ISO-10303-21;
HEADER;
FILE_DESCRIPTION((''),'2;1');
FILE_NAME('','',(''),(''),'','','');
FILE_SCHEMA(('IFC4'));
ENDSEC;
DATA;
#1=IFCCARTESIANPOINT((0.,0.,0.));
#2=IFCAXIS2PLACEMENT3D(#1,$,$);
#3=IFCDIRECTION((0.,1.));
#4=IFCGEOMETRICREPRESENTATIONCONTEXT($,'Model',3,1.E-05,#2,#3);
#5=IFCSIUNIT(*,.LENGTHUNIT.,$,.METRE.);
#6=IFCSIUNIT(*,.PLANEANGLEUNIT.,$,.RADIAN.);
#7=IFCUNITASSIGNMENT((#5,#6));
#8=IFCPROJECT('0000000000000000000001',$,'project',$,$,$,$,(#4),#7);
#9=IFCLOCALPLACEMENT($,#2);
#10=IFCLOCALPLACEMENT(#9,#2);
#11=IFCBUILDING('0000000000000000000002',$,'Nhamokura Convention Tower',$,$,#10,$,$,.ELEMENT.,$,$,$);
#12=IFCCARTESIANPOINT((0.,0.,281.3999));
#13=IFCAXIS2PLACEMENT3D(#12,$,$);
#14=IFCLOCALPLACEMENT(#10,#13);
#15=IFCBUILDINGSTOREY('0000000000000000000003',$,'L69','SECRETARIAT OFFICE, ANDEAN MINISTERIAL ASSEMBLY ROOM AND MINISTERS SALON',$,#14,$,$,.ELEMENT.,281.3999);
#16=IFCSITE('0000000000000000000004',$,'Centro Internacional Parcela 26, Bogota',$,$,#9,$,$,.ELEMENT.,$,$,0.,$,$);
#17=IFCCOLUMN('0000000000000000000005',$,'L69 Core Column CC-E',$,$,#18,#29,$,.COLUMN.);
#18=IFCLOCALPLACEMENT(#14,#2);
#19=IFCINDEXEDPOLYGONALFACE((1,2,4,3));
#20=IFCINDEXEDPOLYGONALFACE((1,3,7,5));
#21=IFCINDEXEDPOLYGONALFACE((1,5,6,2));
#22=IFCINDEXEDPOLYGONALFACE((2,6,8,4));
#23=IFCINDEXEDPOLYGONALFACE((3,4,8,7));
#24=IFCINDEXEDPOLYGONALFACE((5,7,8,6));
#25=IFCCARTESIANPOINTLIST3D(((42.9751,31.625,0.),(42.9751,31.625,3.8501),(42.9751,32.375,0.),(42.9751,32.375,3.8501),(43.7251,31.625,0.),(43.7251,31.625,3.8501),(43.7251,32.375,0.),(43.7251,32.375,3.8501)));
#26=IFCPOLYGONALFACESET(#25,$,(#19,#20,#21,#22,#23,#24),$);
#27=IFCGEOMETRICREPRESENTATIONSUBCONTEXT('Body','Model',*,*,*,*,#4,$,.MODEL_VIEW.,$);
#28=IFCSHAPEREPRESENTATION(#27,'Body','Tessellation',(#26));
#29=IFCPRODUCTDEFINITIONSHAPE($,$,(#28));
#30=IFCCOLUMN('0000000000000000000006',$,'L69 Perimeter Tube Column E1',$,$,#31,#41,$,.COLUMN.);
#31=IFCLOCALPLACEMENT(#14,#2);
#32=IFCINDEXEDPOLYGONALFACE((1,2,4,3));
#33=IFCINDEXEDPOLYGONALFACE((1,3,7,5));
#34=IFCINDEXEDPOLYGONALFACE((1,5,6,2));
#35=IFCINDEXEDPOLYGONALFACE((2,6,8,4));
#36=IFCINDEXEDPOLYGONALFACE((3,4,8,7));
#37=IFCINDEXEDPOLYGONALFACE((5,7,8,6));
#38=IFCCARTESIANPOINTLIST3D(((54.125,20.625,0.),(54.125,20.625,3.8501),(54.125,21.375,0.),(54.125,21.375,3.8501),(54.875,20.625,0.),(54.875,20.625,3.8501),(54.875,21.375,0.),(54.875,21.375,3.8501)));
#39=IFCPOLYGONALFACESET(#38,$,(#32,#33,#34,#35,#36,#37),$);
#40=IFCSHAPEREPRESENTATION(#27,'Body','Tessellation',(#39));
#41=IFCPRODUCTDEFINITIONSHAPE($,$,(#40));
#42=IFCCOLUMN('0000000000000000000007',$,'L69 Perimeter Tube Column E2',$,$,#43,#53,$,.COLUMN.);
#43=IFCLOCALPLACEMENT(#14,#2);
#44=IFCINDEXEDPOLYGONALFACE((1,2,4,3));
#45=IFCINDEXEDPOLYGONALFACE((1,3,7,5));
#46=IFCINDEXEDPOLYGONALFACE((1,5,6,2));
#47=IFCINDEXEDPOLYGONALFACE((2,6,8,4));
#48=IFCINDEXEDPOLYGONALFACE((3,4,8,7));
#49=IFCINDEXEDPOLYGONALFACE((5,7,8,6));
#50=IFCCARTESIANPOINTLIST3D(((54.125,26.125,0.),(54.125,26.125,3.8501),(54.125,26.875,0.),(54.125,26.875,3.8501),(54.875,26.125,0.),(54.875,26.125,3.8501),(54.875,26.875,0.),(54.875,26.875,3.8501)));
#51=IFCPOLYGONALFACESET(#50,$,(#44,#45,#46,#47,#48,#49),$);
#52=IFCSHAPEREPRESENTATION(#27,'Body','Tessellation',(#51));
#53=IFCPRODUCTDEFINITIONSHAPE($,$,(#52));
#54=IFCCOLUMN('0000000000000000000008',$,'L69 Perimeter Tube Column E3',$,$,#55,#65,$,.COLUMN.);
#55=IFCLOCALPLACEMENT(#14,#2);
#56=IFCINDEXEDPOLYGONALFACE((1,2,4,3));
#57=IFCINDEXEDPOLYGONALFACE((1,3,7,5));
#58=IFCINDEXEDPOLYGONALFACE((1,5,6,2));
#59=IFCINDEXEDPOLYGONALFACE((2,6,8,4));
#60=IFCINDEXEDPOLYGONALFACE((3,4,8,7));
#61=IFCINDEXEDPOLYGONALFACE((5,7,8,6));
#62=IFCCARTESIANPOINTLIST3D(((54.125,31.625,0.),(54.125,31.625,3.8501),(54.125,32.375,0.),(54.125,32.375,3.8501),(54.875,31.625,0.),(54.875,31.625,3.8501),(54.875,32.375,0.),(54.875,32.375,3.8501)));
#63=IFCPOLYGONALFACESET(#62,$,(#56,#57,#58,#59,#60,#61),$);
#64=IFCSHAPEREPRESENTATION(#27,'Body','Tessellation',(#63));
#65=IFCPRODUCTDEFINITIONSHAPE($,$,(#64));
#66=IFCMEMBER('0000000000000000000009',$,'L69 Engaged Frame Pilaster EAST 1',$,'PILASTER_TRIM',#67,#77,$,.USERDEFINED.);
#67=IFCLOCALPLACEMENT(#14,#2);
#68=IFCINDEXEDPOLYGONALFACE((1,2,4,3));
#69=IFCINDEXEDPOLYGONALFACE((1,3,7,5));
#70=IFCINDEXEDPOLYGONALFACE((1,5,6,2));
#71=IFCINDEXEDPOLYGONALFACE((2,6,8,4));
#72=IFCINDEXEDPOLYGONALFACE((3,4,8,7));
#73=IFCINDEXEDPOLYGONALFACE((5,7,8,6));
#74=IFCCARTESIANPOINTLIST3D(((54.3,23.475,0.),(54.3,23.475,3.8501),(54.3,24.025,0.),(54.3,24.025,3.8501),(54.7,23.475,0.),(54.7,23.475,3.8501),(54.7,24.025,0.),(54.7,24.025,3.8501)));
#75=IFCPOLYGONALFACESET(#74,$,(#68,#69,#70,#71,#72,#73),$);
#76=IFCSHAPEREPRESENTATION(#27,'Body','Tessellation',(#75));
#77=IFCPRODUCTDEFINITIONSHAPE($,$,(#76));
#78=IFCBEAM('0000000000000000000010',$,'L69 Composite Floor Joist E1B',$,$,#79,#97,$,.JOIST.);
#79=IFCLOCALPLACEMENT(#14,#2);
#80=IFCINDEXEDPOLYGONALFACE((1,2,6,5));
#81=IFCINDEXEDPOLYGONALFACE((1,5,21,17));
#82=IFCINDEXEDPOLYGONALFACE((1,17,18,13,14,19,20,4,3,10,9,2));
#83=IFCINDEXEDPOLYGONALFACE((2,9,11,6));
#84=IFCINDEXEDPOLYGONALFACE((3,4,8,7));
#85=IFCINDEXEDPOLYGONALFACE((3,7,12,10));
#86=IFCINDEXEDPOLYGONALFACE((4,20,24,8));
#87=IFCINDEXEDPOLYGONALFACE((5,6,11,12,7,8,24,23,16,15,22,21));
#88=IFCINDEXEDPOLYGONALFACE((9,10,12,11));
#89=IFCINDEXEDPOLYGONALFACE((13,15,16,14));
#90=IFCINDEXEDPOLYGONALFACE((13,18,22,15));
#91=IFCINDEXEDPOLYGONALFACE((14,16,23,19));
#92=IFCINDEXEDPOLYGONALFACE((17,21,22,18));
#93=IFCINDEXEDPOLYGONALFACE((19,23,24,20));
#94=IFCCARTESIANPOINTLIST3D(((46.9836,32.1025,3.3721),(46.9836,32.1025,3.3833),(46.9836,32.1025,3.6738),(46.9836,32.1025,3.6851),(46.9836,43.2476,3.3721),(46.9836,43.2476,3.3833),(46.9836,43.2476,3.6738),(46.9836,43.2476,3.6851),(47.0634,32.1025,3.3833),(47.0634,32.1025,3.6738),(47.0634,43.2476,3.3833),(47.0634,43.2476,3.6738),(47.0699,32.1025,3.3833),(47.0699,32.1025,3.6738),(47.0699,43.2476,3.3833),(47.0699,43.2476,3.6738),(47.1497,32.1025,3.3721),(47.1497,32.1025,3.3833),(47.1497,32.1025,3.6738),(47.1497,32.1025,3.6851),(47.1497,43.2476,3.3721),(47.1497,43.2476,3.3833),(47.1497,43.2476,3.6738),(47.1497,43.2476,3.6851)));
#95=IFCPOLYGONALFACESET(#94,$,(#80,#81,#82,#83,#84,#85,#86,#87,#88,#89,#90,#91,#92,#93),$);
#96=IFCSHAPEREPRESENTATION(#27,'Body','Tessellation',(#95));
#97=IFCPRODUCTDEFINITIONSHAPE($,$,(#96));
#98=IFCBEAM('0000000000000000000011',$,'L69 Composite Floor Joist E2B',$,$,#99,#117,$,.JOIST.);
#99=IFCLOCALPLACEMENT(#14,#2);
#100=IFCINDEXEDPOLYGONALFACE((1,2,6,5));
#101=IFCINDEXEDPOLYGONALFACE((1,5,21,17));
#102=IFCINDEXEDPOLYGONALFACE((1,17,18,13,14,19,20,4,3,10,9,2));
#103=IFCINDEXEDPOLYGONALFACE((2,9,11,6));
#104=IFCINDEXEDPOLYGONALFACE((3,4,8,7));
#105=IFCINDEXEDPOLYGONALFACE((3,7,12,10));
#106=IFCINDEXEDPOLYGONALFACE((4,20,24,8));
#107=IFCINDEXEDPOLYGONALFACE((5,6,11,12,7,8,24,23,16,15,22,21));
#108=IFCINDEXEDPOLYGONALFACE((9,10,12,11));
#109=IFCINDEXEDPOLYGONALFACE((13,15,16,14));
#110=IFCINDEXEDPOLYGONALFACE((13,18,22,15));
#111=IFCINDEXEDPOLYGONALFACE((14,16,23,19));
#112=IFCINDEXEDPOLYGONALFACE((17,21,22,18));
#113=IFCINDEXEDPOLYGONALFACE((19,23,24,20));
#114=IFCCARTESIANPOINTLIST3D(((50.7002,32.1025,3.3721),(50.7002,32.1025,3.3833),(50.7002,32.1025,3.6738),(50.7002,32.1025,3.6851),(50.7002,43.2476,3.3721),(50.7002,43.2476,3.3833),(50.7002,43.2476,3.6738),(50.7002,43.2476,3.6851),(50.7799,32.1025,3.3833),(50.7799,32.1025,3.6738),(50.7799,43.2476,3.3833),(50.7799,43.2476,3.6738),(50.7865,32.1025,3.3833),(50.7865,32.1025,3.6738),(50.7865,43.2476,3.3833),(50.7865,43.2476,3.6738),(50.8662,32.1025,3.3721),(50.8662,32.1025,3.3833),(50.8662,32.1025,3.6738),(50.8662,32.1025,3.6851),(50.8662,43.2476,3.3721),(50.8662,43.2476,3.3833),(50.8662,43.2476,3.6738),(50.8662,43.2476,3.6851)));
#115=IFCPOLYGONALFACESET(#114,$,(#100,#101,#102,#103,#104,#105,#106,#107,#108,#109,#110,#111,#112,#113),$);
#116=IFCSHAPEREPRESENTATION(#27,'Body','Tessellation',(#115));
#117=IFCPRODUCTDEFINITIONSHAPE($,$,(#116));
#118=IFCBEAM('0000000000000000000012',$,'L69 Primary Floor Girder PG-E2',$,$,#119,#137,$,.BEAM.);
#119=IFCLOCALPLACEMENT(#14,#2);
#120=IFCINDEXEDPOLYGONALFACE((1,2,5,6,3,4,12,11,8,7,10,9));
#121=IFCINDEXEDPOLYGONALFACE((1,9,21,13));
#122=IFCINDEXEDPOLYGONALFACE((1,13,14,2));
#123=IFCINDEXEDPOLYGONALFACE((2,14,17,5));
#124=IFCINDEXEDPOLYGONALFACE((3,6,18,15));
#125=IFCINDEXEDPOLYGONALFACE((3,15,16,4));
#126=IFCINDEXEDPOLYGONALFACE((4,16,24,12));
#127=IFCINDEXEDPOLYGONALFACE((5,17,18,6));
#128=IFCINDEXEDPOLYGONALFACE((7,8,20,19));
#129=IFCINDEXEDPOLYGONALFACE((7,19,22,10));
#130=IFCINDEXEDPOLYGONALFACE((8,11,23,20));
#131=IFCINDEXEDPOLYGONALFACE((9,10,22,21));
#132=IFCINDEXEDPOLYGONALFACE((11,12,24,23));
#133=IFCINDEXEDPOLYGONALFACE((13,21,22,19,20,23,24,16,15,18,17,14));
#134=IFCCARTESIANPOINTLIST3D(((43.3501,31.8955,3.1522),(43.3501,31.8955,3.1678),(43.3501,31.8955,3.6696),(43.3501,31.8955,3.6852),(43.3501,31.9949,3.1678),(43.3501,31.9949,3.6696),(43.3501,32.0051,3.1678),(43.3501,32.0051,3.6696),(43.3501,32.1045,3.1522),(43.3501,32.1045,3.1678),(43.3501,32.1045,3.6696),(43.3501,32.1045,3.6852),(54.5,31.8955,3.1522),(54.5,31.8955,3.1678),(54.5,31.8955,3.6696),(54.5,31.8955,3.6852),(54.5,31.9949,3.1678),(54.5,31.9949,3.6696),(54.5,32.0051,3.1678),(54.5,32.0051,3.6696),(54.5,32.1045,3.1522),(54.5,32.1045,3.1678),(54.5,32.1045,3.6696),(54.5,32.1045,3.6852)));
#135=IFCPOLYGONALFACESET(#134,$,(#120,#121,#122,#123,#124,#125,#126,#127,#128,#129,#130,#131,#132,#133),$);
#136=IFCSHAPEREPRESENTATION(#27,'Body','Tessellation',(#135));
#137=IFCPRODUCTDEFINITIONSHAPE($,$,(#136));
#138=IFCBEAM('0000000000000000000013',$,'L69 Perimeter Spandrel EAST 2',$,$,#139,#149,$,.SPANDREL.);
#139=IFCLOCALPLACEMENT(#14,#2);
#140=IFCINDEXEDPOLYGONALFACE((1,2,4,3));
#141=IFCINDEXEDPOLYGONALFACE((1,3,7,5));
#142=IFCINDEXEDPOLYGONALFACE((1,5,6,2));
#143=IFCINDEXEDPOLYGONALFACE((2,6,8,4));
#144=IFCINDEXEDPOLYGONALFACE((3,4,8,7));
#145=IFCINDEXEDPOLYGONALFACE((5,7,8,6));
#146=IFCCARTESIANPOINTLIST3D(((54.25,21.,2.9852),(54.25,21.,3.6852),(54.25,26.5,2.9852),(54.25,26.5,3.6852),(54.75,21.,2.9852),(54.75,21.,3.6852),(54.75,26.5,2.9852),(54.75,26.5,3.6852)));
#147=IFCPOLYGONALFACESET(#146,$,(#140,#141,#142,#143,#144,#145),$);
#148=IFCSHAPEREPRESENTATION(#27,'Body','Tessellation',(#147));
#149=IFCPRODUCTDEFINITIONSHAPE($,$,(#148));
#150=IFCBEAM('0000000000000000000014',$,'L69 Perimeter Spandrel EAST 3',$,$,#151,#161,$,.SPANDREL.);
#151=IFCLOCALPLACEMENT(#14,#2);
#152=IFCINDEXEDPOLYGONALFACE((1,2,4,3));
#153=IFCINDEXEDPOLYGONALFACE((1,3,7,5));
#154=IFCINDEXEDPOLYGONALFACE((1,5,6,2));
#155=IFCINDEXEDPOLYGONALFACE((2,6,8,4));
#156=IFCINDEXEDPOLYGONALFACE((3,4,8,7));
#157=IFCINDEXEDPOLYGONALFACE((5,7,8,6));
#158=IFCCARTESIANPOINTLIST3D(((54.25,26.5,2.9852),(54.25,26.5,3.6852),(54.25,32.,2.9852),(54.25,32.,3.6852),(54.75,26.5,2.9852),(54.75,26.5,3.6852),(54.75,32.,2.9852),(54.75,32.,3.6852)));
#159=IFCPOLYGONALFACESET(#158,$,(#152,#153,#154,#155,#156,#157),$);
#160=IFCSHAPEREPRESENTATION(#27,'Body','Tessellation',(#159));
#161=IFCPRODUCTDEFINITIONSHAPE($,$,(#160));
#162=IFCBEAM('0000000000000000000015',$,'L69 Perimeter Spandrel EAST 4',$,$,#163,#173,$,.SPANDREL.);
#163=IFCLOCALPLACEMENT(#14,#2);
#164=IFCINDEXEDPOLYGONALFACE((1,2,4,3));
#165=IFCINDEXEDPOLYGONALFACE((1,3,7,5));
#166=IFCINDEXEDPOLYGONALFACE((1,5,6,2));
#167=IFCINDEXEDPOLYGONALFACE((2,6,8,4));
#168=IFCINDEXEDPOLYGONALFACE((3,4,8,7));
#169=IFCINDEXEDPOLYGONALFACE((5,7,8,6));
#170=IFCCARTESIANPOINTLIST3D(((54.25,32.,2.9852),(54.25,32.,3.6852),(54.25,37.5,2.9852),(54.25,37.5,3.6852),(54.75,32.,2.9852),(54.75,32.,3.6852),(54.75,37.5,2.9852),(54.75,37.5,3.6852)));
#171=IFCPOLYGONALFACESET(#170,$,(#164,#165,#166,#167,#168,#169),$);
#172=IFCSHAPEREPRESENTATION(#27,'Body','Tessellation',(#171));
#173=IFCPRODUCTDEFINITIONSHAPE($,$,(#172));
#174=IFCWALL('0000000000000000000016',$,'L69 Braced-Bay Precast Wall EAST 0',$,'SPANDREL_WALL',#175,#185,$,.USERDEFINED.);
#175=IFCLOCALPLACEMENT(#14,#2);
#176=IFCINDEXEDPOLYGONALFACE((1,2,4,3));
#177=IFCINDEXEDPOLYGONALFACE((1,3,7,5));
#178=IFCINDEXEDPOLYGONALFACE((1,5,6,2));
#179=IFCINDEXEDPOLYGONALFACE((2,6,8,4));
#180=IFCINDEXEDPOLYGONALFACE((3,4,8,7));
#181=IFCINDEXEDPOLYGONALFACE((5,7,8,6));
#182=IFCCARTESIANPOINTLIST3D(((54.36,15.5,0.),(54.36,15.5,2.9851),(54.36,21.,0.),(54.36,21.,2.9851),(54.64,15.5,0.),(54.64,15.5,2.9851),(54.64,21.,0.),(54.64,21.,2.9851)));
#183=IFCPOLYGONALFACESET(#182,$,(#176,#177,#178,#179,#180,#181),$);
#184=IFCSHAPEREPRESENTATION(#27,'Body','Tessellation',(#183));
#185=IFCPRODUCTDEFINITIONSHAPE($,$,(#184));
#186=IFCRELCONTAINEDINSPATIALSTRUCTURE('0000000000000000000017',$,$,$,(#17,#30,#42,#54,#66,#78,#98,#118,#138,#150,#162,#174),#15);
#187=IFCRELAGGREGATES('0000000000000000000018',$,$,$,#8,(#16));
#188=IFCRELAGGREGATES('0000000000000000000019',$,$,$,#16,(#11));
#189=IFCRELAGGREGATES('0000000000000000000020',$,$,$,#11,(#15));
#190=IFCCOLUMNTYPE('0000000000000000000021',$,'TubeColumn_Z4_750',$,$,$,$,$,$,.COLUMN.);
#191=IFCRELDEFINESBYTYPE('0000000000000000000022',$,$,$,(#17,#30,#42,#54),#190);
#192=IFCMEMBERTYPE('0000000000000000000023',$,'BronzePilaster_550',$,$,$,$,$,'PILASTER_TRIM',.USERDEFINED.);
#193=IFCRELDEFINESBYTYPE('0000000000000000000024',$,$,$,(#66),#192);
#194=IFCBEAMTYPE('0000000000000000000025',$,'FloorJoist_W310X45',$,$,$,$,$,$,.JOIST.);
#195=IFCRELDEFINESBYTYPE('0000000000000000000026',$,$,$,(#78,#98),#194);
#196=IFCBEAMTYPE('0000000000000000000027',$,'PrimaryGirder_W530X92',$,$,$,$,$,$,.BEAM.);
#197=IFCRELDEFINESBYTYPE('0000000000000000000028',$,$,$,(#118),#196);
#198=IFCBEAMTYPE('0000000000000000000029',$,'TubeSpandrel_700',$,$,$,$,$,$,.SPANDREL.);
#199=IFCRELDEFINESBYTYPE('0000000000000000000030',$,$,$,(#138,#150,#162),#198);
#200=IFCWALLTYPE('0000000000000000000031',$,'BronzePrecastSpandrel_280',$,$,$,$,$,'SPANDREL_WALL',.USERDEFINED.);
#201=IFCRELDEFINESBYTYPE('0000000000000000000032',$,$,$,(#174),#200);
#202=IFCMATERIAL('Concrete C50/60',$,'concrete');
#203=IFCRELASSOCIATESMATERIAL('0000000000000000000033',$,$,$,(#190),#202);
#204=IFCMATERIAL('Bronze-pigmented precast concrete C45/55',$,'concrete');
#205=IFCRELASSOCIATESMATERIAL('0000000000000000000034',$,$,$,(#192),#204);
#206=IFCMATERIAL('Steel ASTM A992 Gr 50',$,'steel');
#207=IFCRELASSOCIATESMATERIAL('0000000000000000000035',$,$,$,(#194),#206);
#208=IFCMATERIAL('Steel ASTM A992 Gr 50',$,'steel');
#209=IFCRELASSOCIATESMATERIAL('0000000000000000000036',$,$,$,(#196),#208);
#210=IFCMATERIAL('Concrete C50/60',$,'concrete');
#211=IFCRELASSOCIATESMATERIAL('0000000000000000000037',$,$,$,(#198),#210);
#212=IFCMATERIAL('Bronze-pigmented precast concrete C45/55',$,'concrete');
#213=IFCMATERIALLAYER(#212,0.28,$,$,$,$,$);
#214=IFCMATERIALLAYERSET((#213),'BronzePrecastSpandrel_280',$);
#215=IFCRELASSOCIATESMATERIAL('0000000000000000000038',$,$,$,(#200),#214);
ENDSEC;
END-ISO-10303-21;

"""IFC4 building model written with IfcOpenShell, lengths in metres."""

from ifc_helpers import new_model, si_unit, direction, frame, frame_2d, origin, origin_2d, place, context, subcontext, project, spatial, rectangle, i_section, extrude, material, layer, layer_set, material_profile, profile_set, type_object, element, save


model = new_model("IFC4")

# Units and contexts
model_context = context("Model", 3, precision=1e-05, world=origin(), true_north=direction((0.0, 1.0)))
body_context = subcontext(model_context, "Body", "Model", "MODEL_VIEW")
ifc_project = project(units=[si_unit("LENGTHUNIT", "METRE"), si_unit("PLANEANGLEUNIT", "RADIAN")], contexts=[model_context])

# Site, building, storey
site_placement = place(None, origin())
site = spatial("IfcSite", under=ifc_project, at=site_placement, Name="Centro Internacional Parcela 26, Bogota", CompositionType="ELEMENT", RefElevation=0.0)
building_placement = place(site_placement, origin())
building = spatial("IfcBuilding", under=site, at=building_placement, Name="Nhamokura Convention Tower", CompositionType="ELEMENT")
storey_placement = place(building_placement, frame((0.0, 0.0, 281.3999)))
storey = spatial("IfcBuildingStorey", under=building, at=storey_placement, Name="L69", Description="SECRETARIAT OFFICE, ANDEAN MINISTERIAL ASSEMBLY ROOM AND MINISTERS SALON", CompositionType="ELEMENT", Elevation=281.3999)

# Columns
ifc_material_1 = material(Name="Concrete C50/60", Category="concrete")
ifc_material_profile_1 = material_profile(ifc_material_1, rectangle(XDim=0.75, YDim=0.75, at=origin_2d()))
ifc_profile_set_1 = profile_set([ifc_material_profile_1], Name="Concrete C50/60")
column_type = type_object("IfcColumnType", Name="TubeColumn_Z4_750", PredefinedType="COLUMN", material=ifc_profile_set_1)
for number, where, z_axis, x_axis, name in (
    (1, (43.3501, 32.0, 0.0), (0.0, 0.0, 1.0), (1.0, 0.0, 0.0), "L69 Core Column CC-E"),
    (2, (54.5, 21.0, 0.0), (0.0, 0.0, 1.0), (1.0, 0.0, 0.0), "L69 Perimeter Tube Column E1"),
    (3, (54.5, 26.5, 0.0), (0.0, 0.0, 1.0), (1.0, 0.0, 0.0), "L69 Perimeter Tube Column E2"),
    (4, (54.5, 32.0, 0.0), (0.0, 0.0, 1.0), (1.0, 0.0, 0.0), "L69 Perimeter Tube Column E3"),
):
    element("IfcColumn", number, at=place(storey_placement, frame(where, z_axis=z_axis, x_axis=x_axis)), inside=storey, type_object=column_type, Name=name, PredefinedType="COLUMN", context=body_context, shape_type="SweptSolid", body=[
        extrude(rectangle(XDim=0.75, YDim=0.75, at=origin_2d()), origin(), (0.0, 0.0, 1.0), 3.8501),
    ])

# Member
ifc_material_2 = material(Name="Bronze-pigmented precast concrete C45/55", Category="concrete")
ifc_material_profile_2 = material_profile(ifc_material_2, rectangle(XDim=0.3999, YDim=0.55, at=origin_2d()))
ifc_profile_set_2 = profile_set([ifc_material_profile_2], Name="Bronze-pigmented precast concrete C45/55")
member_type = type_object("IfcMemberType", Name="BronzePilaster_550", ElementType="PILASTER_TRIM", PredefinedType="USERDEFINED", material=ifc_profile_set_2)
member_placement = place(storey_placement, frame((54.5, 23.75, 0.0), z_axis=(0.0, 0.0, 1.0), x_axis=(1.0, 0.0, 0.0)))
element("IfcMember", 5, at=member_placement, inside=storey, type_object=member_type, Name="L69 Engaged Frame Pilaster EAST 1", ObjectType="PILASTER_TRIM", PredefinedType="USERDEFINED", context=body_context, shape_type="SweptSolid", body=[
    extrude(rectangle(XDim=0.3999, YDim=0.55, at=origin_2d()), origin(), (0.0, 0.0, 1.0), 3.8501),
])

# Beams
ifc_material_3 = material(Name="Steel ASTM A992 Gr 50", Category="steel")
ifc_material_profile_3 = material_profile(ifc_material_3, i_section(OverallWidth=0.166, OverallDepth=0.313, WebThickness=0.0066, FlangeThickness=0.0112, at=origin_2d()))
ifc_profile_set_3 = profile_set([ifc_material_profile_3], Name="Steel ASTM A992 Gr 50")
beam_type_1 = type_object("IfcBeamType", Name="FloorJoist_W310X45", PredefinedType="JOIST", material=ifc_profile_set_3)
for number, where, z_axis, x_axis, name in (
    (6, (47.0667, 32.1025, 3.5286), (0.0, 1.0, 0.0), (-1.0, 0.0, 0.0), "L69 Composite Floor Joist E1B"),
    (7, (50.7832, 32.1025, 3.5286), (0.0, 1.0, 0.0), (-1.0, 0.0, 0.0), "L69 Composite Floor Joist E2B"),
):
    element("IfcBeam", number, at=place(storey_placement, frame(where, z_axis=z_axis, x_axis=x_axis)), inside=storey, type_object=beam_type_1, Name=name, PredefinedType="JOIST", context=body_context, shape_type="SweptSolid", body=[
        extrude(i_section(OverallWidth=0.166, OverallDepth=0.313, WebThickness=0.0066, FlangeThickness=0.0112, at=origin_2d()), origin(), (0.0, 0.0, 1.0), 11.145),
    ])
ifc_material_4 = material(Name="Steel ASTM A992 Gr 50", Category="steel")
ifc_material_profile_4 = material_profile(ifc_material_4, i_section(OverallWidth=0.209, OverallDepth=0.533, WebThickness=0.0103, FlangeThickness=0.0156, at=origin_2d()))
ifc_profile_set_4 = profile_set([ifc_material_profile_4], Name="Steel ASTM A992 Gr 50")
beam_type_2 = type_object("IfcBeamType", Name="PrimaryGirder_W530X92", PredefinedType="BEAM", material=ifc_profile_set_4)
beam_placement = place(storey_placement, frame((43.3501, 32.0, 3.4187), z_axis=(1.0, 0.0, 0.0), x_axis=(0.0, 1.0, 0.0)))
element("IfcBeam", 8, at=beam_placement, inside=storey, type_object=beam_type_2, Name="L69 Primary Floor Girder PG-E2", PredefinedType="BEAM", context=body_context, shape_type="SweptSolid", body=[
    extrude(i_section(OverallWidth=0.209, OverallDepth=0.533, WebThickness=0.0103, FlangeThickness=0.0156, at=origin_2d()), origin(), (0.0, 0.0, 1.0), 11.1499),
])
ifc_material_5 = material(Name="Concrete C50/60", Category="concrete")
ifc_material_profile_5 = material_profile(ifc_material_5, rectangle(XDim=0.5, YDim=0.7, at=origin_2d()))
ifc_profile_set_5 = profile_set([ifc_material_profile_5], Name="Concrete C50/60")
beam_type_3 = type_object("IfcBeamType", Name="TubeSpandrel_700", PredefinedType="SPANDREL", material=ifc_profile_set_5)
for number, where, z_axis, x_axis, name in (
    (9, (54.5, 21.0, 3.3352), (0.0, 1.0, 0.0), (-1.0, 0.0, 0.0), "L69 Perimeter Spandrel EAST 2"),
    (10, (54.5, 26.5, 3.3352), (0.0, 1.0, 0.0), (-1.0, 0.0, 0.0), "L69 Perimeter Spandrel EAST 3"),
    (11, (54.5, 32.0, 3.3352), (0.0, 1.0, 0.0), (-1.0, 0.0, 0.0), "L69 Perimeter Spandrel EAST 4"),
):
    element("IfcBeam", number, at=place(storey_placement, frame(where, z_axis=z_axis, x_axis=x_axis)), inside=storey, type_object=beam_type_3, Name=name, PredefinedType="SPANDREL", context=body_context, shape_type="SweptSolid", body=[
        extrude(rectangle(XDim=0.5, YDim=0.7, at=origin_2d()), origin(), (0.0, 0.0, 1.0), 5.5),
    ])

# Wall
ifc_material_6 = material(Name="Bronze-pigmented precast concrete C45/55", Category="concrete")
ifc_layer_1 = layer(ifc_material_6, 0.28)
ifc_layer_set_1 = layer_set([ifc_layer_1], Name="BronzePrecastSpandrel_280")
wall_type_1 = type_object("IfcWallType", Name="BronzePrecastSpandrel_280", ElementType="SPANDREL_WALL", PredefinedType="USERDEFINED", material=ifc_layer_set_1)
wall_1_placement = place(storey_placement, frame((54.5, 21.0, 0.0), z_axis=(0.0, 0.0, 1.0), x_axis=(0.0, -1.0, 0.0)))
element("IfcWall", 12, at=wall_1_placement, inside=storey, type_object=wall_type_1, Name="L69 Braced-Bay Precast Wall EAST 0", ObjectType="SPANDREL_WALL", PredefinedType="USERDEFINED", context=body_context, shape_type="SweptSolid", body=[
    extrude(rectangle(XDim=5.5, YDim=0.28, at=frame_2d((2.75, 0.0))), origin(), (0.0, 0.0, 1.0), 2.9851),
])

save(model, "model.ifc")
